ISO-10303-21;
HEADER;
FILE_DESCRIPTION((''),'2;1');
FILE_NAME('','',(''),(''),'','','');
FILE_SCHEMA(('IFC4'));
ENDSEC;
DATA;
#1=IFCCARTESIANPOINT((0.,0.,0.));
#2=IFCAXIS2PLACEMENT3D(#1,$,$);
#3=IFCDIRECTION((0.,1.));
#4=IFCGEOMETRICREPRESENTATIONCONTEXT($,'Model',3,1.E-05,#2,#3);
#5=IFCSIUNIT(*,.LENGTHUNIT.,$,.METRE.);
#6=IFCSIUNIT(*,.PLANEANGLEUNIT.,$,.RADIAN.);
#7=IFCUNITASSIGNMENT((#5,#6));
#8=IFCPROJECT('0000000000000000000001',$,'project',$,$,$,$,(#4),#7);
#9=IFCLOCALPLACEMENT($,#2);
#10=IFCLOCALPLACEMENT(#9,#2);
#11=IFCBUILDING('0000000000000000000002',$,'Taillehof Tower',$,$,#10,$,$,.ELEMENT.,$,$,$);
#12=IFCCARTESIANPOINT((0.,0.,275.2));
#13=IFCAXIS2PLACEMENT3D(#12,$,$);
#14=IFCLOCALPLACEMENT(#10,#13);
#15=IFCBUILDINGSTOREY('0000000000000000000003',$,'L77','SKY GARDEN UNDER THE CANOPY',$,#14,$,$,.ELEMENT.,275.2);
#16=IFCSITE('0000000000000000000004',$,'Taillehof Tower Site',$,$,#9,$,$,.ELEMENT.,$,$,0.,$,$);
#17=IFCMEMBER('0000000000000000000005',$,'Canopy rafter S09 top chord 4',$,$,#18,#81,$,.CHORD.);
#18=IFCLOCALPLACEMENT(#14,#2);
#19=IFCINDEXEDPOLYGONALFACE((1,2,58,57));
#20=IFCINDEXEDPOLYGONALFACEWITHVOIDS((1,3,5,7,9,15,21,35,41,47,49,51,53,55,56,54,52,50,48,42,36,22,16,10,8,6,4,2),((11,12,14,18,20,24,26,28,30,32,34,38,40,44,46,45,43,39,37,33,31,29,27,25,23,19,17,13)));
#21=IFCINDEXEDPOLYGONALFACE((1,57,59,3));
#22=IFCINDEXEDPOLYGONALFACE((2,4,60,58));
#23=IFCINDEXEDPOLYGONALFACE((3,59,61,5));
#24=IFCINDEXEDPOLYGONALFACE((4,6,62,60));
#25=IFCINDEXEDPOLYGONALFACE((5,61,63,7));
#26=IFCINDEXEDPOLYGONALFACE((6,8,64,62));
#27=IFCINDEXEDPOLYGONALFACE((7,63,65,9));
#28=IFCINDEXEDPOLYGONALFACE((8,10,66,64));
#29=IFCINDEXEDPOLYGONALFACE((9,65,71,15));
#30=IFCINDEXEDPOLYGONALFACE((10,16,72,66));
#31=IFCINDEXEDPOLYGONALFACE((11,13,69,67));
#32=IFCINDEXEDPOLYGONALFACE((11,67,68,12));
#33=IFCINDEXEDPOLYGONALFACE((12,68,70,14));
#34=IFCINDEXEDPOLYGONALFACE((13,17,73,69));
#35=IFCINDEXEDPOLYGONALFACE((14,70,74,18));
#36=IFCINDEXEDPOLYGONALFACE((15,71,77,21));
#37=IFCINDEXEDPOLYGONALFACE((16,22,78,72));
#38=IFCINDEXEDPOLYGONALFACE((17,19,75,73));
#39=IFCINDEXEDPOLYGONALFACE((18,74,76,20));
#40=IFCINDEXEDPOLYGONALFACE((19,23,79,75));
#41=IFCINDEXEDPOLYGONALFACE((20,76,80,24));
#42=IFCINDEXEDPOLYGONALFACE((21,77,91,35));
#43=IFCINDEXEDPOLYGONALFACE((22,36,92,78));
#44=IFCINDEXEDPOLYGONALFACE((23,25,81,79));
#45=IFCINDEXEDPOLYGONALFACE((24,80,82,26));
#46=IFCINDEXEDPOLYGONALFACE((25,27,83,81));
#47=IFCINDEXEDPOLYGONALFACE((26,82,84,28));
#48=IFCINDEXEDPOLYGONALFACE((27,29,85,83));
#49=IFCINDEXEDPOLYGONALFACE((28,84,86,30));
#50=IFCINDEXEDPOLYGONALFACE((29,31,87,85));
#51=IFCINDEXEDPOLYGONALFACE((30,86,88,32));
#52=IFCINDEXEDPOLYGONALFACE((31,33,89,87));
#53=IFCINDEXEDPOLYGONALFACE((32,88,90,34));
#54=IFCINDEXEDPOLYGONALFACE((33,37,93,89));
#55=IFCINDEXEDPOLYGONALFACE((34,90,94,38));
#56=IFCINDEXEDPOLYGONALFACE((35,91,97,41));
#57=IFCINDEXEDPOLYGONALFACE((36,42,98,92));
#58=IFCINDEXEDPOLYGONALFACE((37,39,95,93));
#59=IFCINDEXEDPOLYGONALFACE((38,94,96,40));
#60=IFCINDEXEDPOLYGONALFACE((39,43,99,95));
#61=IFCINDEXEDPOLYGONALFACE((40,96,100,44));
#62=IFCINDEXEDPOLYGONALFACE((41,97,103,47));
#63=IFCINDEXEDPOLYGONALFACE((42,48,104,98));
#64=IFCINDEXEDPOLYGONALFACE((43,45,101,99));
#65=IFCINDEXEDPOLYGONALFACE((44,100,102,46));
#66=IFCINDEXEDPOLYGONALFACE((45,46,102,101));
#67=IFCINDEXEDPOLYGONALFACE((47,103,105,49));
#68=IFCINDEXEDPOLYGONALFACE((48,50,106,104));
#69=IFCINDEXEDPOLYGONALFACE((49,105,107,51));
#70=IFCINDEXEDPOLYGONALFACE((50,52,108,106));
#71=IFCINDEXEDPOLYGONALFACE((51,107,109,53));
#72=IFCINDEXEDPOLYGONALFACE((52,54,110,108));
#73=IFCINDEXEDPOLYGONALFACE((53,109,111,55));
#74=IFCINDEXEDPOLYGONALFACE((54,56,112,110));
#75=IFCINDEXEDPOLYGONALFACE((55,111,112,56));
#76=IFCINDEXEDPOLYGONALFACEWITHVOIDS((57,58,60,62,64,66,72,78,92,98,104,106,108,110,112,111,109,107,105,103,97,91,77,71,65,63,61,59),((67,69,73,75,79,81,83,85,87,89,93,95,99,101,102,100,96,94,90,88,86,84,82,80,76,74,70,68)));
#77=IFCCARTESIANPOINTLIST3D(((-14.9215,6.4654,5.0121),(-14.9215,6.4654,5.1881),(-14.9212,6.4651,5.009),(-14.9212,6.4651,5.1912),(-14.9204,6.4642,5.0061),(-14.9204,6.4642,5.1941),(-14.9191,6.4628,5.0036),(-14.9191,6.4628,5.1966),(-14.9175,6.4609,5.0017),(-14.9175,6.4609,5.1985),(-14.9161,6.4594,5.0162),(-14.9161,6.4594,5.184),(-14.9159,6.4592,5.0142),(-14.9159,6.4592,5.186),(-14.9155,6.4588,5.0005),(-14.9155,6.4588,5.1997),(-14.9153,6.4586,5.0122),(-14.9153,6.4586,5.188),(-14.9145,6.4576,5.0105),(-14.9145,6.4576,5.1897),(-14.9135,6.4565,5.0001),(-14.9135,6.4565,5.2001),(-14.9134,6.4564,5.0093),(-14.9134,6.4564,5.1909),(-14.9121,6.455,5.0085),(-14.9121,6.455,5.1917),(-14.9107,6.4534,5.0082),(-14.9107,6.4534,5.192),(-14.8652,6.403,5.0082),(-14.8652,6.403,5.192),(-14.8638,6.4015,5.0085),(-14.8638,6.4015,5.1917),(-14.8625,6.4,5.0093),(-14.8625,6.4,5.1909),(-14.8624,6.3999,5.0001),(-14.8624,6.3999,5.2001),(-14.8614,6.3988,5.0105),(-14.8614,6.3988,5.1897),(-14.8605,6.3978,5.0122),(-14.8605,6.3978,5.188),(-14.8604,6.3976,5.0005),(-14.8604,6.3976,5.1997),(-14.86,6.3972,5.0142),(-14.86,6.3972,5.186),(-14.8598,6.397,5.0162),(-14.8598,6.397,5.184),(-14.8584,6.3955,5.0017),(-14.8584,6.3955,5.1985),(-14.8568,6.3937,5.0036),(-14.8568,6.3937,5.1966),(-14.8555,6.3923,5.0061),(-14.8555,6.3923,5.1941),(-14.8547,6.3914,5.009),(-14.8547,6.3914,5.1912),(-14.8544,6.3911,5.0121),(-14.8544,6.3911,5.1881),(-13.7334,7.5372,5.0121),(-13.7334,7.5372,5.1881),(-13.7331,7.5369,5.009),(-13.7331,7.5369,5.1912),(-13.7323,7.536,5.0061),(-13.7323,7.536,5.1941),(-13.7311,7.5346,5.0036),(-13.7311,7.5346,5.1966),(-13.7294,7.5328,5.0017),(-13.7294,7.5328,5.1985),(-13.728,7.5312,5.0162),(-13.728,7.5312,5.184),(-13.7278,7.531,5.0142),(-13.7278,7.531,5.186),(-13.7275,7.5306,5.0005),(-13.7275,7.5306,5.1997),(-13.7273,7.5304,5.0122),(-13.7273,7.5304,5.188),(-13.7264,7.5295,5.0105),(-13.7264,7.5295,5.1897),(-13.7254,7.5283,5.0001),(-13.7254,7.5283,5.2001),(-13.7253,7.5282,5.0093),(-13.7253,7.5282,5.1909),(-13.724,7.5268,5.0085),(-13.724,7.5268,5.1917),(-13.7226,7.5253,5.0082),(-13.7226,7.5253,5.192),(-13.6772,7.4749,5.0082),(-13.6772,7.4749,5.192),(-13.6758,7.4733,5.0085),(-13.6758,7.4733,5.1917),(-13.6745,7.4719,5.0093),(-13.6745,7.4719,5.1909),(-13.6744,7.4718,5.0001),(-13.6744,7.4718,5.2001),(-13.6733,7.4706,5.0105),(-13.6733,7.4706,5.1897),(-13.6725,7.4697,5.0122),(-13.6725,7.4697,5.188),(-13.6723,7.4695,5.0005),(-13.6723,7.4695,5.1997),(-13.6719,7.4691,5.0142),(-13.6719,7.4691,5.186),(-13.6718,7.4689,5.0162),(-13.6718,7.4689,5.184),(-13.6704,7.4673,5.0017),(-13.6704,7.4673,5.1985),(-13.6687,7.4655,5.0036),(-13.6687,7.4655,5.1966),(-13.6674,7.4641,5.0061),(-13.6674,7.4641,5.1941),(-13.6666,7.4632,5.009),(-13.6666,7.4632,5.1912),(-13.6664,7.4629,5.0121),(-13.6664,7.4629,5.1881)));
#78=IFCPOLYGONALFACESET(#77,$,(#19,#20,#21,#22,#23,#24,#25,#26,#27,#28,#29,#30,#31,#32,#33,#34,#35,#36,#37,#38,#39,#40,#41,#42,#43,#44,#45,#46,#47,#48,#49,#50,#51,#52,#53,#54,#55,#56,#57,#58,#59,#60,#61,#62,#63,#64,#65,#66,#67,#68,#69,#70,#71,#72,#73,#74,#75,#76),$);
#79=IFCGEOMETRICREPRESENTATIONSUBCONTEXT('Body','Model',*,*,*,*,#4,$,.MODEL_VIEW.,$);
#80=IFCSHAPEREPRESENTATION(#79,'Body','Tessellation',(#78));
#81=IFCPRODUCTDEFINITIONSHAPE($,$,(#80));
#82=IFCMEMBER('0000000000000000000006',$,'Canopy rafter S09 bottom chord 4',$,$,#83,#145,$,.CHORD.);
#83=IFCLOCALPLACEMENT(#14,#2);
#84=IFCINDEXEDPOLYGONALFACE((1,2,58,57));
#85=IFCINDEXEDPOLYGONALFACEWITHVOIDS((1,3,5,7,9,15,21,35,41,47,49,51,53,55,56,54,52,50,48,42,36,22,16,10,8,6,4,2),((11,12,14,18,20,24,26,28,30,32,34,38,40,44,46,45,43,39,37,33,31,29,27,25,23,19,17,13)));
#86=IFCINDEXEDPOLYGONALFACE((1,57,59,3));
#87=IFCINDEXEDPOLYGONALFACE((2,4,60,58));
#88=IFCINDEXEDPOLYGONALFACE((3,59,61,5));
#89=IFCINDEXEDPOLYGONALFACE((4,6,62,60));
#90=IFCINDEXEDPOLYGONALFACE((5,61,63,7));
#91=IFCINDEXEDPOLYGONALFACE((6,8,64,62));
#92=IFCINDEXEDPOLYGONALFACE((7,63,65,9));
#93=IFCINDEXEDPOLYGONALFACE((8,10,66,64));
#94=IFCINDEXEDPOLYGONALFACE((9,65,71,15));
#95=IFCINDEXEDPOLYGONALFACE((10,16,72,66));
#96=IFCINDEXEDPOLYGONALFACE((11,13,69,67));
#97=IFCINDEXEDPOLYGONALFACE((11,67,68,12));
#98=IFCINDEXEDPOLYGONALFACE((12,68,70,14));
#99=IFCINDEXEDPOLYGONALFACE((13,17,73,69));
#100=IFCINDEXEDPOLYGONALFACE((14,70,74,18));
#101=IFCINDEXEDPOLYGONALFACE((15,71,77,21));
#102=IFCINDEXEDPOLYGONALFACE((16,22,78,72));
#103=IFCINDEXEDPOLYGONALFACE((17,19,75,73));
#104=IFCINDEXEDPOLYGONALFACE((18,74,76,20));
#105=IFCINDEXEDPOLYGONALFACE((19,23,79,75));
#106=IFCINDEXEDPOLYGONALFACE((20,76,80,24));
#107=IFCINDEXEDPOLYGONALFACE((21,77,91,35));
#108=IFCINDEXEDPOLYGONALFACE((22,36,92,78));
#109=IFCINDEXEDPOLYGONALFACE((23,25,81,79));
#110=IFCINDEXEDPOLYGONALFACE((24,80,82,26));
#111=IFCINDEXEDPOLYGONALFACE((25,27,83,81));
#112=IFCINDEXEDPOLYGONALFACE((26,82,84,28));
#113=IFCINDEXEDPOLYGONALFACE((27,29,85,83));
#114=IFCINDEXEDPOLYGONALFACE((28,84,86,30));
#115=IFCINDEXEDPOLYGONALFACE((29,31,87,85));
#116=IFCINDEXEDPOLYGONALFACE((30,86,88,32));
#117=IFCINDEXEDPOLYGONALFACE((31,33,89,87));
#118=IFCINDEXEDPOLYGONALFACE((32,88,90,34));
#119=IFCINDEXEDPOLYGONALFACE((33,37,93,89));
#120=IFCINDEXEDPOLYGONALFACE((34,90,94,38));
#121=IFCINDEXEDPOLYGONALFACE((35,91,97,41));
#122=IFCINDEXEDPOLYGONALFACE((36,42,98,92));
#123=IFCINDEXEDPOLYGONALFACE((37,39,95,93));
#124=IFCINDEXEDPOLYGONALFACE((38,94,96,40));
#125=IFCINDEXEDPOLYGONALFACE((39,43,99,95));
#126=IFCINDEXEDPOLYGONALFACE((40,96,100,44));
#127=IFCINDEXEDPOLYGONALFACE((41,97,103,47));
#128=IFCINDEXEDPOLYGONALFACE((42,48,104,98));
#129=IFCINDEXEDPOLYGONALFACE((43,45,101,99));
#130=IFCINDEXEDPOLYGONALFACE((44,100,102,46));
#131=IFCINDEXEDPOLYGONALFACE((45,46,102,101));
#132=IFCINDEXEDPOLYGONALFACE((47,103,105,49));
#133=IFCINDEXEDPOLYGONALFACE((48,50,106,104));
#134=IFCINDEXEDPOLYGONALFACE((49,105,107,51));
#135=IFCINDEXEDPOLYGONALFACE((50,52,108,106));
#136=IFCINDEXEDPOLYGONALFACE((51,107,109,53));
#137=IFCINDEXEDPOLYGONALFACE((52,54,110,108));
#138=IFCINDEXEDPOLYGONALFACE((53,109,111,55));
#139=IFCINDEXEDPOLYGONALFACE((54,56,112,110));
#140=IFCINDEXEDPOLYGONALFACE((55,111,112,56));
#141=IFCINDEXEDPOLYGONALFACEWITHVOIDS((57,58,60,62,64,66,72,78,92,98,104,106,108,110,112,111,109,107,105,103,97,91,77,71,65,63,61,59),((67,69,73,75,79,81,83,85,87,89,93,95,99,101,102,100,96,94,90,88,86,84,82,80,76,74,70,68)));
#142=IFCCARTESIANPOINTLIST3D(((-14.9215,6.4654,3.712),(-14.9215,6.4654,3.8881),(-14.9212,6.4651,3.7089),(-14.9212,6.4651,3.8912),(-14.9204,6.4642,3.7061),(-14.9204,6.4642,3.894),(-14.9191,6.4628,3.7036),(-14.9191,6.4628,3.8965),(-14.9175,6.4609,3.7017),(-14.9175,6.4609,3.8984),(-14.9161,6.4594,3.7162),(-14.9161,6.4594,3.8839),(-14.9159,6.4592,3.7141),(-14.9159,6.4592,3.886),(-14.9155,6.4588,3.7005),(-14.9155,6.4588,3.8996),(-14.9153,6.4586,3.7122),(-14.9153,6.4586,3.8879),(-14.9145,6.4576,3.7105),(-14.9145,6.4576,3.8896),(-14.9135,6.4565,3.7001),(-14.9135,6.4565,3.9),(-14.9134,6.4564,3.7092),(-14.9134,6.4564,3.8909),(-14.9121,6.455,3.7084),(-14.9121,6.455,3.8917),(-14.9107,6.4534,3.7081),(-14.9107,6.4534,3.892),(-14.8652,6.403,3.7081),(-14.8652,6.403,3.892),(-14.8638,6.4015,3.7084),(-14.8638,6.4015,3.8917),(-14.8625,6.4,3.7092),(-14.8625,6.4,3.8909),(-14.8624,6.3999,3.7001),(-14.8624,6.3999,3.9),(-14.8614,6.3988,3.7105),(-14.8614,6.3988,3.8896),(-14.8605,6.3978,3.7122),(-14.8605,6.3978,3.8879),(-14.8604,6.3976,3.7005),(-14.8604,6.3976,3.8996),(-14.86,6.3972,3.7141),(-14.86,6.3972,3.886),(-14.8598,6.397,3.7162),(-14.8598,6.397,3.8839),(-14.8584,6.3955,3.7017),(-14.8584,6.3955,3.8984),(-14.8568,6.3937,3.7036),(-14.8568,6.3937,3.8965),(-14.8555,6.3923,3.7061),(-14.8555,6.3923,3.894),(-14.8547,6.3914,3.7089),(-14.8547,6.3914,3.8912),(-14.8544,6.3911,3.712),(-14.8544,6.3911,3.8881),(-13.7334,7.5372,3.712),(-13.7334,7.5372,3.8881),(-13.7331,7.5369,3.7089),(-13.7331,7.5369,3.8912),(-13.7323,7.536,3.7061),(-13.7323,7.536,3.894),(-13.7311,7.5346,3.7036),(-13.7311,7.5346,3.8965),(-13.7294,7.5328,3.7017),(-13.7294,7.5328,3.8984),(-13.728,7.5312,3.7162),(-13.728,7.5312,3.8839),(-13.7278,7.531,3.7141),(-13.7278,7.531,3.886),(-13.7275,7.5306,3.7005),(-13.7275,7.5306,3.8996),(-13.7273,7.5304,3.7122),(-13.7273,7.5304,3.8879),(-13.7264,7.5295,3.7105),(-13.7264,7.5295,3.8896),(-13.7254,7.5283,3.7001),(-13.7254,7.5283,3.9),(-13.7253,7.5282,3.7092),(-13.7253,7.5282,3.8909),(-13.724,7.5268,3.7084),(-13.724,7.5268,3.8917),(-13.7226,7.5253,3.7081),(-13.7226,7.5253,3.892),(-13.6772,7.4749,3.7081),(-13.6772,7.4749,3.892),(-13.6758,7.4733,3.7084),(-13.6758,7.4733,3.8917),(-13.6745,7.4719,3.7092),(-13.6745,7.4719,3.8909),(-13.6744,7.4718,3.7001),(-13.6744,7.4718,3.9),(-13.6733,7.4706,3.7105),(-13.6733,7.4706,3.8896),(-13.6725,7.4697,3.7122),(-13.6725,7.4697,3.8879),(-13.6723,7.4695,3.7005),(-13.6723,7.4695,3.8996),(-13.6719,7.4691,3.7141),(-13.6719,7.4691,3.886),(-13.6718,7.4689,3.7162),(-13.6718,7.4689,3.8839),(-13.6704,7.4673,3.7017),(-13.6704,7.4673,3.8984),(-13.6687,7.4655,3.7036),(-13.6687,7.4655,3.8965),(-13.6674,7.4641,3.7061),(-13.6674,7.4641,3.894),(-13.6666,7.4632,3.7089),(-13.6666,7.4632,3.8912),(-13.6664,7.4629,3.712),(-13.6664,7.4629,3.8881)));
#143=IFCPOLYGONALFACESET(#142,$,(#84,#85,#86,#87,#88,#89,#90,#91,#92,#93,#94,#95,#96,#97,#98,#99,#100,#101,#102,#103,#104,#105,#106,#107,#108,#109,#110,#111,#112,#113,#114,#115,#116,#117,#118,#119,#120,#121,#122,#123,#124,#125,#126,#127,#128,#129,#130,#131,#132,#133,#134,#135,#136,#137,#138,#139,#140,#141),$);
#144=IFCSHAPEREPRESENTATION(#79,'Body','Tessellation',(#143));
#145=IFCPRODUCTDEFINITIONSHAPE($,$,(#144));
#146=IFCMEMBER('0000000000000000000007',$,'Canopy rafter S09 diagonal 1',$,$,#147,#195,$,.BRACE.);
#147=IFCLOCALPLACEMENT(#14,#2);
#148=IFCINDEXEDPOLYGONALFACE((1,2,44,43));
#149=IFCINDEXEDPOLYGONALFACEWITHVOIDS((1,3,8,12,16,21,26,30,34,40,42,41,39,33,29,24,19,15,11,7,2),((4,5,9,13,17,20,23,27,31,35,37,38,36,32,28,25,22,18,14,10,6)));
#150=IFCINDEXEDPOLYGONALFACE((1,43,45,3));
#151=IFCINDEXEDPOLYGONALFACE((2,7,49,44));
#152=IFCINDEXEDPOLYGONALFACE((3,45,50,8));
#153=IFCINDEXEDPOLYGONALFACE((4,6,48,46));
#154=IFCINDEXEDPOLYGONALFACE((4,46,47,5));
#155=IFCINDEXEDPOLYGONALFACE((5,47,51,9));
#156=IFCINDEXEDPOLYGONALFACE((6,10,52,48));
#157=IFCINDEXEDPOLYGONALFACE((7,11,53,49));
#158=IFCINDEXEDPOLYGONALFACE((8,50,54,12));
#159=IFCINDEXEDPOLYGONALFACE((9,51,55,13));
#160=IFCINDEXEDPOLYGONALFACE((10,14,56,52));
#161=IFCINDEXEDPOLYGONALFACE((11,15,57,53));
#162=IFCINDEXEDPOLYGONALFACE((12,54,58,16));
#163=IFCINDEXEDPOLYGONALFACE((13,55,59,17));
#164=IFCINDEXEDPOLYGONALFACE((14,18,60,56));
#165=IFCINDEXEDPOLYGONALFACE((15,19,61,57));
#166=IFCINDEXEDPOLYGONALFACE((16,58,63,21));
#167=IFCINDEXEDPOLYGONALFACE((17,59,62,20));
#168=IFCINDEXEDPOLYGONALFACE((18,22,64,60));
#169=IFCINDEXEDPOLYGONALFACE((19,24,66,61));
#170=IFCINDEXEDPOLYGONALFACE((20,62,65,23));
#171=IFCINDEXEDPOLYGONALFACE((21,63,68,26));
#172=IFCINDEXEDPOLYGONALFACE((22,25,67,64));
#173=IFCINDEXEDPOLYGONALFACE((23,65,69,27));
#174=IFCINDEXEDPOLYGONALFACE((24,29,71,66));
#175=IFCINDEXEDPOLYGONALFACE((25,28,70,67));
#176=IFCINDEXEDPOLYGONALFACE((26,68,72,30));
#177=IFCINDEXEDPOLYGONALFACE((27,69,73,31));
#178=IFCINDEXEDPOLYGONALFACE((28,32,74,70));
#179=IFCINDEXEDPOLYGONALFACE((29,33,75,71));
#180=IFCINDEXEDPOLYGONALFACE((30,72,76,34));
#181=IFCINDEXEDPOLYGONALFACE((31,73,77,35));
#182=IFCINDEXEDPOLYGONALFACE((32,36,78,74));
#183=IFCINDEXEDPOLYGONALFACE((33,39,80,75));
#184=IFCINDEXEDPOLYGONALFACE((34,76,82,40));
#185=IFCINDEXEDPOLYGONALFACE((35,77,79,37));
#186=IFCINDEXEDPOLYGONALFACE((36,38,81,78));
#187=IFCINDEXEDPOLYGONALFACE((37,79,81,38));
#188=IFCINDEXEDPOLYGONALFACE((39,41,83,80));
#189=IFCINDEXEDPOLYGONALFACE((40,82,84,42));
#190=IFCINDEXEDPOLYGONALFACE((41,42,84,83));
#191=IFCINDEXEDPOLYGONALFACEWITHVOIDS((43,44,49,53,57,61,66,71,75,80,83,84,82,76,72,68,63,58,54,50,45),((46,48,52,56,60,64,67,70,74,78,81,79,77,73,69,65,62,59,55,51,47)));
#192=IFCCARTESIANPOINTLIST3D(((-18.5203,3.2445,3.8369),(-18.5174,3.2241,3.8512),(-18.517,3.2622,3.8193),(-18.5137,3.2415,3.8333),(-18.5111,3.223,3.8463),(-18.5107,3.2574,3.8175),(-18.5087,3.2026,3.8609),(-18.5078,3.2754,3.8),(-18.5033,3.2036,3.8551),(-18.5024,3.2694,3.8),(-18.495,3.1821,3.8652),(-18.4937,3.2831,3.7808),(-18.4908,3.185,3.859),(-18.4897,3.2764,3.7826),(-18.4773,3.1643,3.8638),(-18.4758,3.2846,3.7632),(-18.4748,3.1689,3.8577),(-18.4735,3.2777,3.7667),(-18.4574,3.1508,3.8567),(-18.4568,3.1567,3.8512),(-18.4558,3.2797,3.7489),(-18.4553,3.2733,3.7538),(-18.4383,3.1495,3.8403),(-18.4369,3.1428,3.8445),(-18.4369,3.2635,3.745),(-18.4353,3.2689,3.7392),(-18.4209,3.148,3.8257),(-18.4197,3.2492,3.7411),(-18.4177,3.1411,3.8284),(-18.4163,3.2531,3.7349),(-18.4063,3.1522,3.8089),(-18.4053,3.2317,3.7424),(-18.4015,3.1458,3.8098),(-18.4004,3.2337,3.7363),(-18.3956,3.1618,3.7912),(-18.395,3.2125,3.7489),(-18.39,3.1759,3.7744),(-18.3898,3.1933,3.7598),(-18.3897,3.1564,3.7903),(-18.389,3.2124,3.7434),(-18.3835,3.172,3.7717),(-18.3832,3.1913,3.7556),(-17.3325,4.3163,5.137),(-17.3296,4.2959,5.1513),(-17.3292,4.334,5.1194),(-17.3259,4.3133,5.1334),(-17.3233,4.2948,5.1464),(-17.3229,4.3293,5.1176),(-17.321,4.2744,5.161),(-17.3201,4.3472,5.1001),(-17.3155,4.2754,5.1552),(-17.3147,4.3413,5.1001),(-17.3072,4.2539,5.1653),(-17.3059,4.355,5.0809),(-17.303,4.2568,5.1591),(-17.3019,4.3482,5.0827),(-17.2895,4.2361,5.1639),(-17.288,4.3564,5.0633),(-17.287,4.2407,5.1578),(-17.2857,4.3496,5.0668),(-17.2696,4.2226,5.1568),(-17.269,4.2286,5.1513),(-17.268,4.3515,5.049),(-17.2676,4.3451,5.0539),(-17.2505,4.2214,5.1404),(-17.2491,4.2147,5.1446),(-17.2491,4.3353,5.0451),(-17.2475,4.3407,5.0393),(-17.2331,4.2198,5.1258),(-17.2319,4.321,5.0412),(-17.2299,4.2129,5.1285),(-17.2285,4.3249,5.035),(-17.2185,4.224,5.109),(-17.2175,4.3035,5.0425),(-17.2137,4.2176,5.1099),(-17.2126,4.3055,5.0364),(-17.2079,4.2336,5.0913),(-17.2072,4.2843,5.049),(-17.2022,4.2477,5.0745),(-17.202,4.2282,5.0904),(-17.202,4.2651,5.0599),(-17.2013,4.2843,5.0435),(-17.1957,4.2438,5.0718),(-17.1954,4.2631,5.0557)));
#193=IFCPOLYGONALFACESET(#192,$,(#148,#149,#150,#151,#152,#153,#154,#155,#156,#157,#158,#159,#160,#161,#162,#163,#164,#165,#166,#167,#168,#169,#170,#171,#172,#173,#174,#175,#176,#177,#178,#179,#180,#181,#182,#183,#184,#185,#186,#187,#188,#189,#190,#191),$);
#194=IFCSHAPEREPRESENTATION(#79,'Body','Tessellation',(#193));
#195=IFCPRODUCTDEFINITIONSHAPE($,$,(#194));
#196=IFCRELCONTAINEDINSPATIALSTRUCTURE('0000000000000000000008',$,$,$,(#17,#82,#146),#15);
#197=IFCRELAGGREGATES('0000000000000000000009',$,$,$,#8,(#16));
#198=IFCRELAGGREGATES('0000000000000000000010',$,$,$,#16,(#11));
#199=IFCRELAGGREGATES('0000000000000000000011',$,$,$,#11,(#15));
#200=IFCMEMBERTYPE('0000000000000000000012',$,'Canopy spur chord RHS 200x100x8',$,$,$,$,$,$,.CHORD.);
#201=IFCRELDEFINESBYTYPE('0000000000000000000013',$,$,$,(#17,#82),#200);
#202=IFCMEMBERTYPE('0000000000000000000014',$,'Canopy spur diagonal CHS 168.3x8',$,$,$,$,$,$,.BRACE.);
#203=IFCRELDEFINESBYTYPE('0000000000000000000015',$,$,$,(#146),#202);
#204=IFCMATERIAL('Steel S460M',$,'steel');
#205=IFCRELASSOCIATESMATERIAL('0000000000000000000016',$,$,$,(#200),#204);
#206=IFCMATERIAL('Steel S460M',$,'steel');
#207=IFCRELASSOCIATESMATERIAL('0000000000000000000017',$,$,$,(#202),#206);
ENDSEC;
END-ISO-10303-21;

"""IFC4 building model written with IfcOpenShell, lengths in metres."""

from ifc_helpers import new_model, si_unit, direction, frame, origin, origin_2d, place, context, subcontext, project, spatial, hollow_rectangle, hollow_circle, extrude, material, material_profile, profile_set, type_object, element, save


model = new_model("IFC4")

# Units and contexts
model_context = context("Model", 3, precision=1e-05, world=origin(), true_north=direction((0.0, 1.0)))
body_context = subcontext(model_context, "Body", "Model", "MODEL_VIEW")
ifc_project = project(units=[si_unit("LENGTHUNIT", "METRE"), si_unit("PLANEANGLEUNIT", "RADIAN")], contexts=[model_context])

# Site, building, storey
site_placement = place(None, origin())
site = spatial("IfcSite", under=ifc_project, at=site_placement, Name="Taillehof Tower Site", CompositionType="ELEMENT", RefElevation=0.0)
building_placement = place(site_placement, origin())
building = spatial("IfcBuilding", under=site, at=building_placement, Name="Taillehof Tower", CompositionType="ELEMENT")
storey_placement = place(building_placement, frame((0.0, 0.0, 275.2)))
storey = spatial("IfcBuildingStorey", under=building, at=storey_placement, Name="L77", Description="SKY GARDEN UNDER THE CANOPY", CompositionType="ELEMENT", Elevation=275.2)

# Members
ifc_material_1 = material(Name="Steel S460M", Category="steel")
ifc_material_profile_1 = material_profile(ifc_material_1, hollow_rectangle(XDim=0.1001, YDim=0.2, WallThickness=0.0081, InnerFilletRadius=0.0081, OuterFilletRadius=0.012, at=origin_2d()), Name="RHS 200x100x8")
ifc_profile_set_1 = profile_set([ifc_material_profile_1], Name="Steel S460M")
member_type_1 = type_object("IfcMemberType", Name="Canopy spur chord RHS 200x100x8", PredefinedType="CHORD", material=ifc_profile_set_1)
for number, where, z_axis, x_axis, name in (
    (1, (-14.8879, 6.4282, 5.1001), (0.742489, 0.669858, 0.0), (-0.669858, 0.742489, 0.0), "Canopy rafter S09 top chord 4"),
    (2, (-14.8879, 6.4282, 3.8), (0.742489, 0.669858, 0.0), (-0.669858, 0.742489, 0.0), "Canopy rafter S09 bottom chord 4"),
):
    element("IfcMember", number, at=place(storey_placement, frame(where, z_axis=z_axis, x_axis=x_axis)), inside=storey, type_object=member_type_1, Name=name, PredefinedType="CHORD", context=body_context, shape_type="SweptSolid", body=[
        extrude(hollow_rectangle(XDim=0.1001, YDim=0.2, WallThickness=0.0081, InnerFilletRadius=0.0081, OuterFilletRadius=0.012, at=origin_2d()), origin(), (0.0, 0.0, 1.0), 1.6001),
    ])
ifc_material_2 = material(Name="Steel S460M", Category="steel")
ifc_material_profile_2 = material_profile(ifc_material_2, hollow_circle(Radius=0.0842, WallThickness=0.0081, at=origin_2d()), Name="CHS 168.3x8")
ifc_profile_set_2 = profile_set([ifc_material_profile_2], Name="Steel S460M")
member_type_2 = type_object("IfcMemberType", Name="Canopy spur diagonal CHS 168.3x8", PredefinedType="BRACE", material=ifc_profile_set_2)
for number, where, z_axis, x_axis, name in (
    (3, (-18.4514, 3.2129, 3.8), (0.57617, 0.519915, 0.630648), (-0.669934, 0.742421, 0.0), "Canopy rafter S09 diagonal 1"),
):
    element("IfcMember", number, at=place(storey_placement, frame(where, z_axis=z_axis, x_axis=x_axis)), inside=storey, type_object=member_type_2, Name=name, PredefinedType="BRACE", context=body_context, shape_type="SweptSolid", body=[
        extrude(hollow_circle(Radius=0.0842, WallThickness=0.0081, at=origin_2d()), origin(), (0.0, 0.0, 1.0), 2.0615),
    ])

save(model, "model.ifc")
